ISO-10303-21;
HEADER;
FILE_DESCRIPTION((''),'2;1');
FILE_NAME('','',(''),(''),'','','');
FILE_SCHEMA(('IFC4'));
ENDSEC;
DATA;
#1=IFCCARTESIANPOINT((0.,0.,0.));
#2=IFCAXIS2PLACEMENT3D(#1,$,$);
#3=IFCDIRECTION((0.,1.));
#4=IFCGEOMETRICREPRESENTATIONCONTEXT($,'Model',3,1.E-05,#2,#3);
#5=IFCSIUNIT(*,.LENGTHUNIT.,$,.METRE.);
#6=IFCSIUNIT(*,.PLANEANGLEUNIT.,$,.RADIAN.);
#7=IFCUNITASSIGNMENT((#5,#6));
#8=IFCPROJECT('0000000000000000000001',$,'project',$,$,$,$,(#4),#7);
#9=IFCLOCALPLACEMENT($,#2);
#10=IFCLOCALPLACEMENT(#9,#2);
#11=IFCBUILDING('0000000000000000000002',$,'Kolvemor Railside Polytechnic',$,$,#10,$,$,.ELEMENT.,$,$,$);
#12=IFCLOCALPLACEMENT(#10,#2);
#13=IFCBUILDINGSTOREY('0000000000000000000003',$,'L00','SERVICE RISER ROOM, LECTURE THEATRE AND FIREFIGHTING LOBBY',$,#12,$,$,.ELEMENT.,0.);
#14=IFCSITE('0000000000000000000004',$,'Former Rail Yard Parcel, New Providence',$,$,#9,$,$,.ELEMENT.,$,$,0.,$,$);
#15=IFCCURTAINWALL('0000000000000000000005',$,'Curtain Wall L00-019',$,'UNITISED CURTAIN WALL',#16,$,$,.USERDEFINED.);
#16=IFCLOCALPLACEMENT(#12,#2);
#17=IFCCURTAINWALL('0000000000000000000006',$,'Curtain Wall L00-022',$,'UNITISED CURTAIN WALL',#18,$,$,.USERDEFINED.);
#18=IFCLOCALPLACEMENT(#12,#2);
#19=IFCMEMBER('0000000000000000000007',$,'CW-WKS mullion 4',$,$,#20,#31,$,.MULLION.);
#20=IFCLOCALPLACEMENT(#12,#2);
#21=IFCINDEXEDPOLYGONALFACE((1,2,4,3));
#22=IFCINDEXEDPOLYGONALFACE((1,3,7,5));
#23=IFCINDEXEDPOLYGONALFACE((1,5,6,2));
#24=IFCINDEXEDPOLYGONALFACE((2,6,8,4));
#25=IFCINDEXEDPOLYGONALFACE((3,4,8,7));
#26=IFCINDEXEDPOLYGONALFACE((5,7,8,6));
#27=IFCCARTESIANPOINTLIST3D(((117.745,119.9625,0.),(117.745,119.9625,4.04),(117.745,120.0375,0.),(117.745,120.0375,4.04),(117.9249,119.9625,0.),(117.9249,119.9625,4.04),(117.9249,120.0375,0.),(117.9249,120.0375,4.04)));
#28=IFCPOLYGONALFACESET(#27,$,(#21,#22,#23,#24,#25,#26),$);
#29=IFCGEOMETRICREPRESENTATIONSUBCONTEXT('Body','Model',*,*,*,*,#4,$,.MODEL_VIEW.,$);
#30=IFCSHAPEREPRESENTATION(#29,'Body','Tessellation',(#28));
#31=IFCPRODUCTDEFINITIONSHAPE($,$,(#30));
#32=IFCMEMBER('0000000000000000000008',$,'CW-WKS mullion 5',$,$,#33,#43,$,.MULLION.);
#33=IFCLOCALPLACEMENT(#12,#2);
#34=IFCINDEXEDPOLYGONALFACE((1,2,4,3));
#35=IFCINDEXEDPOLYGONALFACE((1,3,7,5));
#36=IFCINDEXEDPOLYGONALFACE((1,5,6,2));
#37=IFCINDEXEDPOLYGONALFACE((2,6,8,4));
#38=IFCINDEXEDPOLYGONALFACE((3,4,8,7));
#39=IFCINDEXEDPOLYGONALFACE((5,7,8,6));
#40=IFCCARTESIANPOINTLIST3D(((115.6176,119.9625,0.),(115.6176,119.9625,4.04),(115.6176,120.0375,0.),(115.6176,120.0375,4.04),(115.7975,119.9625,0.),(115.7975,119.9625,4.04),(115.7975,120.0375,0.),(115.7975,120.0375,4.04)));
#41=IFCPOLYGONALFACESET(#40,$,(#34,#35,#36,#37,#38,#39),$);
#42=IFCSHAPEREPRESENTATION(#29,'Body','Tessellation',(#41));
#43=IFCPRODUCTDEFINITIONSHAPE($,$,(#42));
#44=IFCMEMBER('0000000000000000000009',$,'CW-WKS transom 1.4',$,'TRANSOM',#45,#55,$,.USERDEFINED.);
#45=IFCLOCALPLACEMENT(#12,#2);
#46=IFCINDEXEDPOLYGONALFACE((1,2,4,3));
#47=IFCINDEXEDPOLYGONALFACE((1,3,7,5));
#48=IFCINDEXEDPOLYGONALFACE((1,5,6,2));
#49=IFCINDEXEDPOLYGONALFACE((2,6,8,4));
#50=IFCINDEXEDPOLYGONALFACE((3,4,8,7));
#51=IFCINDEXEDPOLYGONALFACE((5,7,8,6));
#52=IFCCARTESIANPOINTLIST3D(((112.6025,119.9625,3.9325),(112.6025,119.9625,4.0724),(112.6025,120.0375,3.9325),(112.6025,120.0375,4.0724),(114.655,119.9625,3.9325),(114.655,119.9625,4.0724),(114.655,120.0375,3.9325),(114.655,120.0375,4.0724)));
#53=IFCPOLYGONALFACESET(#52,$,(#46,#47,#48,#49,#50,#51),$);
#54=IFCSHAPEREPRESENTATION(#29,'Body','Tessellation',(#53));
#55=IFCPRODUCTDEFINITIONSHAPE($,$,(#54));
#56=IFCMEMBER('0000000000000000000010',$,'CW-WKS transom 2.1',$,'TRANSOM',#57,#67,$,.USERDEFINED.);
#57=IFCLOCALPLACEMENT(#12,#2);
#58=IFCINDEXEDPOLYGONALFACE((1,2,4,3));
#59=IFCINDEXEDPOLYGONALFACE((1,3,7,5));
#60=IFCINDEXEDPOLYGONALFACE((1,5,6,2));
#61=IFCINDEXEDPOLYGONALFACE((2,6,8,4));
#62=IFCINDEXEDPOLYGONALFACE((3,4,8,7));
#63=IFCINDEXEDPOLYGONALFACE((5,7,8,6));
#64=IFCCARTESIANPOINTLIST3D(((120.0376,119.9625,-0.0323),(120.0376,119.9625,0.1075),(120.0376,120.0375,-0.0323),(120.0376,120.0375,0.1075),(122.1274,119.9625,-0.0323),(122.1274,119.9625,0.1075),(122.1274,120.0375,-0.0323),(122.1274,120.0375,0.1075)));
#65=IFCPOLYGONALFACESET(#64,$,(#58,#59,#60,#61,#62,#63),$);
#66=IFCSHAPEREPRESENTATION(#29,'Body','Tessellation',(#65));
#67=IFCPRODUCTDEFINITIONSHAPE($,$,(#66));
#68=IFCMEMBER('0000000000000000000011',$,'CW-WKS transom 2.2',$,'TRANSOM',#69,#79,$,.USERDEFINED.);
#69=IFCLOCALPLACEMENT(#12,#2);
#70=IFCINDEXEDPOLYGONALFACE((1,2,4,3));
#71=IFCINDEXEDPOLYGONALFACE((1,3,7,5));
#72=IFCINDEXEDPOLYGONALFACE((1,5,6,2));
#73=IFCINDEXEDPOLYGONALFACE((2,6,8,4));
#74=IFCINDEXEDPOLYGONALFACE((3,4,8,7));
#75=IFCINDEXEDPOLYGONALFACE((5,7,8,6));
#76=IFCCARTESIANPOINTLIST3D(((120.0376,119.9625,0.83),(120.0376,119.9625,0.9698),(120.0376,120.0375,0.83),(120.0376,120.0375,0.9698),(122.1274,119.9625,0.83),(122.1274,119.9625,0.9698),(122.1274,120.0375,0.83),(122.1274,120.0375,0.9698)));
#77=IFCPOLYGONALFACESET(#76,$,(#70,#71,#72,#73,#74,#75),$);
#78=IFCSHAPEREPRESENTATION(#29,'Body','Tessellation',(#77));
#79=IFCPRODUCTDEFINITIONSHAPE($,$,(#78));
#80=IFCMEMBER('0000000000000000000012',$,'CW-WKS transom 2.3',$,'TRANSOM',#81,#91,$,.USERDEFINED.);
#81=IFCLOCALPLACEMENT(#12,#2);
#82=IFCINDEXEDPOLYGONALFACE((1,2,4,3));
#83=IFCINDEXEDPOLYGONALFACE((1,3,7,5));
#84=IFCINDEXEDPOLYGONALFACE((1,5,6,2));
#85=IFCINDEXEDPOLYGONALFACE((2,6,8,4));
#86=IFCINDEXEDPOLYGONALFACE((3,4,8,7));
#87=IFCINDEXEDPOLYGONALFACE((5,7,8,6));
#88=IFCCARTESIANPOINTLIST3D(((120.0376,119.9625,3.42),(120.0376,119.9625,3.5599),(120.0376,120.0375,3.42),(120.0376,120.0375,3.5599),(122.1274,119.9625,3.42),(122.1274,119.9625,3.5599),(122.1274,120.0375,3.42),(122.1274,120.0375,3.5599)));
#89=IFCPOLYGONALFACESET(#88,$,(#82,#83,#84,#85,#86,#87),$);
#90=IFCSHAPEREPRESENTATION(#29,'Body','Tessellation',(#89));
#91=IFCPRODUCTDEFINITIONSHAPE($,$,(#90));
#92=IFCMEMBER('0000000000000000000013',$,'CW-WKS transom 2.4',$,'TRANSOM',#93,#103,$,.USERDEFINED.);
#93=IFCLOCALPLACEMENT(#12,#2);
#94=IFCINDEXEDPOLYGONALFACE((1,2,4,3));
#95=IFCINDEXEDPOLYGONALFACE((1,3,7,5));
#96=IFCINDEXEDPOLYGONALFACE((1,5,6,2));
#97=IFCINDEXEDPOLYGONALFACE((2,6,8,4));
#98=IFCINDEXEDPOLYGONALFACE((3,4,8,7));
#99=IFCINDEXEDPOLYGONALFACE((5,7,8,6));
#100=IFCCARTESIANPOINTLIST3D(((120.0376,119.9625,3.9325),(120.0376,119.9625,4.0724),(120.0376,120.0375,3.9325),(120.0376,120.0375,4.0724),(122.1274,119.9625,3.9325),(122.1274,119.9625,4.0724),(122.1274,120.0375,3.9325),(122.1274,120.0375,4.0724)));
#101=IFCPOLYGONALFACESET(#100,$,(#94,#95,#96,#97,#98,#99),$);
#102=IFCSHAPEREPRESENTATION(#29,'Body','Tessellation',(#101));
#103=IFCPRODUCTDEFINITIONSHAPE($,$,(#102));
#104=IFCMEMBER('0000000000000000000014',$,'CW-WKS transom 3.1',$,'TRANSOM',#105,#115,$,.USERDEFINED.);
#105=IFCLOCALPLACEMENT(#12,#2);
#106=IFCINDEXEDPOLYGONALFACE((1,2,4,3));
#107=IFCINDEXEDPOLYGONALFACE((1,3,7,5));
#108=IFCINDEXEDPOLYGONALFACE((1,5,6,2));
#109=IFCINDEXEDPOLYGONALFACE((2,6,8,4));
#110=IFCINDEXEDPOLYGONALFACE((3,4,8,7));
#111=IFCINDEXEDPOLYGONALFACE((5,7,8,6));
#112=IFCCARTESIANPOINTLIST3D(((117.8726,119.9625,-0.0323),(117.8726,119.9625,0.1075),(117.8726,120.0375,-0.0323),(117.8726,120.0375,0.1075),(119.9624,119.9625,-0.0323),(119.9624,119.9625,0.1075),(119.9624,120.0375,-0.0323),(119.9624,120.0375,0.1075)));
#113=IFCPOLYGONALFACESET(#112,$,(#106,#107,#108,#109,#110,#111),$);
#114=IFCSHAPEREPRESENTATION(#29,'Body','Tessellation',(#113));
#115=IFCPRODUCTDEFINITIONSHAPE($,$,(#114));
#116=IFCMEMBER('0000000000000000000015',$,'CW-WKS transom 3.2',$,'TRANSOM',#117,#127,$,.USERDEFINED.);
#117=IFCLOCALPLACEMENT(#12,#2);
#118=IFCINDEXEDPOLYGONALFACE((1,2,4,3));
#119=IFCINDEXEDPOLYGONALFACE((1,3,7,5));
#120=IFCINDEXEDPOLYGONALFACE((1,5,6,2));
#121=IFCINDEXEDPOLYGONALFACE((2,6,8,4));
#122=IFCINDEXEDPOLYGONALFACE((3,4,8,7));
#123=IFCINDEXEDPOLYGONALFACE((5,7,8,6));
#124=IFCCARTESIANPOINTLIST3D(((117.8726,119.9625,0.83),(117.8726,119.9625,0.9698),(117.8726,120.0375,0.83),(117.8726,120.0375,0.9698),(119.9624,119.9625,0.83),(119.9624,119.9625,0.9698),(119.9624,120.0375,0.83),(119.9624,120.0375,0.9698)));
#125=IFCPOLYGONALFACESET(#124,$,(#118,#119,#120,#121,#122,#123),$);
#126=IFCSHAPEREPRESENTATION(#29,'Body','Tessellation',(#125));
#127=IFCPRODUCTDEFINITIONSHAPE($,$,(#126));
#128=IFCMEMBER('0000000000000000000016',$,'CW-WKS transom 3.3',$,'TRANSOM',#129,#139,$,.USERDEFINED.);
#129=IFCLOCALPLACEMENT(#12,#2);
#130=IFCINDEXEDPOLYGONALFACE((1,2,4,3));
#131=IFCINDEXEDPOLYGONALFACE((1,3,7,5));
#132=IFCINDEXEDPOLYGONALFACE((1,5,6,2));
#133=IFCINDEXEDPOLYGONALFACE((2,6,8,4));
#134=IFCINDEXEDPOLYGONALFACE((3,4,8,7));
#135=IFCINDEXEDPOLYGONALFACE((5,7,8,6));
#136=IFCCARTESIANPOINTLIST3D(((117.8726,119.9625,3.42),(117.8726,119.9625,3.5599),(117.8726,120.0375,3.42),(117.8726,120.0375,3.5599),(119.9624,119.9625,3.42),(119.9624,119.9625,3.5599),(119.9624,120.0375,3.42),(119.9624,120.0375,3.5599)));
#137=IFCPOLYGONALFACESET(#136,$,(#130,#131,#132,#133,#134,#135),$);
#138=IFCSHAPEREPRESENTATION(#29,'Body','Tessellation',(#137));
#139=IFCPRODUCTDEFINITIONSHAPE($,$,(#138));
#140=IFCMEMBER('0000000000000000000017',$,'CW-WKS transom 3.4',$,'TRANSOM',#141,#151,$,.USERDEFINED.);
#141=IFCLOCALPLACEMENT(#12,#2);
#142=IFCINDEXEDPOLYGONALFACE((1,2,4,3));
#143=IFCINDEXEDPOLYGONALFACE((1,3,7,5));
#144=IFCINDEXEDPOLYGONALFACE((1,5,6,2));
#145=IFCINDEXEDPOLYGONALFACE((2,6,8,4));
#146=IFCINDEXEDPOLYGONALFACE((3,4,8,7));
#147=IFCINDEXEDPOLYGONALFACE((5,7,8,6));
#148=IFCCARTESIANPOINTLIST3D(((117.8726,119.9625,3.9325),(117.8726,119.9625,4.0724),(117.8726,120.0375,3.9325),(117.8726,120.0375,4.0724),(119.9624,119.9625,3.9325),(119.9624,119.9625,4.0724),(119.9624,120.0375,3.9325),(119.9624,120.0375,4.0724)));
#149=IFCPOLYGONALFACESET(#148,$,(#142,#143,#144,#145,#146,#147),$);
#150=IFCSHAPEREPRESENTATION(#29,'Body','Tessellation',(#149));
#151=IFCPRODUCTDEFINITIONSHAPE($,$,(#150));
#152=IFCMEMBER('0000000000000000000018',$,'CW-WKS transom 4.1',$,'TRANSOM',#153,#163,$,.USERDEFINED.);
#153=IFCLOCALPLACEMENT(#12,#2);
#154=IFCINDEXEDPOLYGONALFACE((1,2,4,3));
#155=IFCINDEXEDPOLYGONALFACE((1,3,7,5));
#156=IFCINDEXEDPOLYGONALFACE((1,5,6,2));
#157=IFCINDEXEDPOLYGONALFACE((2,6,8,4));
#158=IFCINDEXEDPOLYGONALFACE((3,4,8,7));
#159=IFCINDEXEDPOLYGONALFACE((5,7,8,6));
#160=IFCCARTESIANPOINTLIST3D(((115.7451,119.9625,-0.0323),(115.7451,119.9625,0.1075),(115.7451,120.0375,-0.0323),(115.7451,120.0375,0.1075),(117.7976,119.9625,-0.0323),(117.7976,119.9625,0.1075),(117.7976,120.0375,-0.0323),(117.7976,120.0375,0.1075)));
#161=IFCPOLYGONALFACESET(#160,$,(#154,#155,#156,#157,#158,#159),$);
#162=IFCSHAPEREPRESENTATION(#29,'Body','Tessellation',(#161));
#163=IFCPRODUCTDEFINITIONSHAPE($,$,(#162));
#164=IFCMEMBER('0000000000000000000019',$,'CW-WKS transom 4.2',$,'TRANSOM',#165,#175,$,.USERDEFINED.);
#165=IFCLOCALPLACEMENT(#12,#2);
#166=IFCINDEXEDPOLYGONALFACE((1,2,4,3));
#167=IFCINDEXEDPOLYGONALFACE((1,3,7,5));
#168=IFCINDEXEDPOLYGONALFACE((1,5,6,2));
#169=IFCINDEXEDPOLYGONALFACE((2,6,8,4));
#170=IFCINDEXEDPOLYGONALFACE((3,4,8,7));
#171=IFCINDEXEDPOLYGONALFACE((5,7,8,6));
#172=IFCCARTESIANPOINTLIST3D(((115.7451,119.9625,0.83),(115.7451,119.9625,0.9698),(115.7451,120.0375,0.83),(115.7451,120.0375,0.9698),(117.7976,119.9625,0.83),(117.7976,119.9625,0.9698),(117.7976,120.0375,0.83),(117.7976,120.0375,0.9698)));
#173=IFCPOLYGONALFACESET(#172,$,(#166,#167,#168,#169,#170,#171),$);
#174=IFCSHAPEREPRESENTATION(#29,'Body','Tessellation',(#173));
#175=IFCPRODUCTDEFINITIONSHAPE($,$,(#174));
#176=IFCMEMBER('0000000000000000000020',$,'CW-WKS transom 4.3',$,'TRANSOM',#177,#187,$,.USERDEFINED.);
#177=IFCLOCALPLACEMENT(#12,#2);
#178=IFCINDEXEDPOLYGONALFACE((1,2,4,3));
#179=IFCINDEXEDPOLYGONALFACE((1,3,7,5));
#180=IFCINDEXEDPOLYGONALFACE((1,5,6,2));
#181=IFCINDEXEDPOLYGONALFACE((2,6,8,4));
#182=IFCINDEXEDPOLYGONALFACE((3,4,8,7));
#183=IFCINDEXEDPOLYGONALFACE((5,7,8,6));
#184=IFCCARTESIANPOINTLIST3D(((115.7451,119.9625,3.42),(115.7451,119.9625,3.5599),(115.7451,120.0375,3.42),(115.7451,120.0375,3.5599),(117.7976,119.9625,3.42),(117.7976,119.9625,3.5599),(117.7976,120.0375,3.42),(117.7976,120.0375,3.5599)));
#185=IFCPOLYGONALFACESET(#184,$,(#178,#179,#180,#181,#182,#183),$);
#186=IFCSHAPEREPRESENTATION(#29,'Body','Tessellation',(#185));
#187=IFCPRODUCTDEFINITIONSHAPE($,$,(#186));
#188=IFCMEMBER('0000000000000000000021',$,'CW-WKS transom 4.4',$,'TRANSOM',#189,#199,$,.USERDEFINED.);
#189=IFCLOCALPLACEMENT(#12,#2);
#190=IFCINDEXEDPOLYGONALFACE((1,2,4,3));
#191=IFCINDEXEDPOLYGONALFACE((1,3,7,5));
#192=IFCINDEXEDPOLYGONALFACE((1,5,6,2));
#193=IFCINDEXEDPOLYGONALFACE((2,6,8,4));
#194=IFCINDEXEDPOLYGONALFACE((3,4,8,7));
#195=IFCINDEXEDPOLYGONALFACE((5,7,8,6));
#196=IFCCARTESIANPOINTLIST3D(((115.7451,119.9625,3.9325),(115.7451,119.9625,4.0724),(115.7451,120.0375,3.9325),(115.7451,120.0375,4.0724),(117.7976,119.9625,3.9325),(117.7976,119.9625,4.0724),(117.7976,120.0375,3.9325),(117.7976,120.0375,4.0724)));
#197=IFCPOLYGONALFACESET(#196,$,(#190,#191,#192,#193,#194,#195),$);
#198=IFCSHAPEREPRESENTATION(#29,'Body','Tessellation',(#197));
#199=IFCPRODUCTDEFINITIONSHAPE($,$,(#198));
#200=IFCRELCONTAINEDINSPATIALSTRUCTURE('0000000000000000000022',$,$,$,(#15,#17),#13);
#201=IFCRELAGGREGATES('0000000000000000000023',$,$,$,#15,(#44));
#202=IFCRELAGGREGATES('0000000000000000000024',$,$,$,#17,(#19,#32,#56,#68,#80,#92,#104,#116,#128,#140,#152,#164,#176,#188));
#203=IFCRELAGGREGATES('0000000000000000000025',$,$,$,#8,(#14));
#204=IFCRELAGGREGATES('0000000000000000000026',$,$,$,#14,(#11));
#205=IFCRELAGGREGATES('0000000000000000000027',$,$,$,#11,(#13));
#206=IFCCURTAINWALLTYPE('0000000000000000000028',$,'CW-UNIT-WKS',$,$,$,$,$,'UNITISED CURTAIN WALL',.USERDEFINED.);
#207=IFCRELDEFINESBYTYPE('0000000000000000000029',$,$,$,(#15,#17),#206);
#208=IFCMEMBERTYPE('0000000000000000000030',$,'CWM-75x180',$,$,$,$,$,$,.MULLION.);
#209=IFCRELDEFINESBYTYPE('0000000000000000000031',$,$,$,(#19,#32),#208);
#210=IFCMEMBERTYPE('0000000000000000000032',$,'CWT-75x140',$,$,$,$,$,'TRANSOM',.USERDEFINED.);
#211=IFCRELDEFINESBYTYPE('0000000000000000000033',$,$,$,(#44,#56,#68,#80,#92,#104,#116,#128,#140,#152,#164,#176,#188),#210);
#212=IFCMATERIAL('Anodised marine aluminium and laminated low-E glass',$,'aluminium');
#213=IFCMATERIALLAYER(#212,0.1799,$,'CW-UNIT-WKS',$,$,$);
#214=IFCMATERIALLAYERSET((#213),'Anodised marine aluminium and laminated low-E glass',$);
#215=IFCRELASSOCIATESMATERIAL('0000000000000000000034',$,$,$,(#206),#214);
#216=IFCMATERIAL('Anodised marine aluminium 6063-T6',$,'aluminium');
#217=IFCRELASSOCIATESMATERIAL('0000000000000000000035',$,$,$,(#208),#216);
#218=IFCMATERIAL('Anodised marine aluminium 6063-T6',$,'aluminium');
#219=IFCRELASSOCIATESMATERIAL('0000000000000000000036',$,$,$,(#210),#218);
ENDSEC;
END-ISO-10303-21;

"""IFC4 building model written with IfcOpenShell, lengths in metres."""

from ifc_helpers import new_model, si_unit, direction, frame, origin, origin_2d, place, context, subcontext, project, spatial, rectangle, extrude, material, layer, layer_set, material_profile, profile_set, type_object, element, aggregate, save


model = new_model("IFC4")

# Units and contexts
model_context = context("Model", 3, precision=1e-05, world=origin(), true_north=direction((0.0, 1.0)))
body_context = subcontext(model_context, "Body", "Model", "MODEL_VIEW")
ifc_project = project(units=[si_unit("LENGTHUNIT", "METRE"), si_unit("PLANEANGLEUNIT", "RADIAN")], contexts=[model_context])

# Site, building, storey
site_placement = place(None, origin())
site = spatial("IfcSite", under=ifc_project, at=site_placement, Name="Former Rail Yard Parcel, New Providence", CompositionType="ELEMENT", RefElevation=0.0)
building_placement = place(site_placement, origin())
building = spatial("IfcBuilding", under=site, at=building_placement, Name="Kolvemor Railside Polytechnic", CompositionType="ELEMENT")
storey_placement = place(building_placement, origin())
storey = spatial("IfcBuildingStorey", under=building, at=storey_placement, Name="L00", Description="SERVICE RISER ROOM, LECTURE THEATRE AND FIREFIGHTING LOBBY", CompositionType="ELEMENT", Elevation=0.0)

# Curtain wall
ifc_material_1 = material(Name="Anodised marine aluminium and laminated low-E glass", Category="aluminium")
ifc_layer_1 = layer(ifc_material_1, 0.1799, Name="CW-UNIT-WKS")
ifc_layer_set_1 = layer_set([ifc_layer_1], Name="Anodised marine aluminium and laminated low-E glass")
curtain_wall_type = type_object("IfcCurtainWallType", Name="CW-UNIT-WKS", ElementType="UNITISED CURTAIN WALL", PredefinedType="USERDEFINED", material=ifc_layer_set_1)
curtain_wall_1_placement = place(storey_placement, origin())
curtain_wall_1 = element("IfcCurtainWall", 1, at=curtain_wall_1_placement, inside=storey, type_object=curtain_wall_type, Name="Curtain Wall L00-019", ObjectType="UNITISED CURTAIN WALL", PredefinedType="USERDEFINED")
ifc_material_2 = material(Name="Anodised marine aluminium 6063-T6", Category="aluminium")
ifc_material_profile_1 = material_profile(ifc_material_2, rectangle(XDim=0.075, YDim=0.1799, at=origin_2d()), Name="CW-MUL-75x180")
ifc_profile_set_1 = profile_set([ifc_material_profile_1], Name="Anodised marine aluminium 6063-T6")
member_type_1 = type_object("IfcMemberType", Name="CWM-75x180", PredefinedType="MULLION", material=ifc_profile_set_1)

# Curtain wall, members
curtain_wall_2_placement = place(storey_placement, origin())
curtain_wall_2 = element("IfcCurtainWall", 2, at=curtain_wall_2_placement, inside=storey, type_object=curtain_wall_type, Name="Curtain Wall L00-022", ObjectType="UNITISED CURTAIN WALL", PredefinedType="USERDEFINED")
member_1_placement = place(storey_placement, frame((117.835, 120.0, 0.0), z_axis=(0.0, 0.0, 1.0), x_axis=(0.0, -1.0, 0.0)))
member_1 = element("IfcMember", 3, at=member_1_placement, type_object=member_type_1, Name="CW-WKS mullion 4", PredefinedType="MULLION", context=body_context, shape_type="SweptSolid", body=[
    extrude(rectangle(XDim=0.075, YDim=0.1799, at=origin_2d()), origin(), (0.0, 0.0, 1.0), 4.04),
])
member_2_placement = place(storey_placement, frame((115.7075, 120.0, 0.0), z_axis=(0.0, 0.0, 1.0), x_axis=(0.0, -1.0, 0.0)))
member_2 = element("IfcMember", 4, at=member_2_placement, type_object=member_type_1, Name="CW-WKS mullion 5", PredefinedType="MULLION", context=body_context, shape_type="SweptSolid", body=[
    extrude(rectangle(XDim=0.075, YDim=0.1799, at=origin_2d()), origin(), (0.0, 0.0, 1.0), 4.04),
])

# Members
ifc_material_3 = material(Name="Anodised marine aluminium 6063-T6", Category="aluminium")
ifc_material_profile_2 = material_profile(ifc_material_3, rectangle(XDim=0.075, YDim=0.1399, at=origin_2d()), Name="CW-TRN-75x140")
ifc_profile_set_2 = profile_set([ifc_material_profile_2], Name="Anodised marine aluminium 6063-T6")
member_type_2 = type_object("IfcMemberType", Name="CWT-75x140", ElementType="TRANSOM", PredefinedType="USERDEFINED", material=ifc_profile_set_2)
member_3_placement = place(storey_placement, frame((114.655, 120.0, 4.0024), z_axis=(-1.0, 0.0, 0.0), x_axis=(0.0, -1.0, 0.0)))
member_3 = element("IfcMember", 5, at=member_3_placement, type_object=member_type_2, Name="CW-WKS transom 1.4", ObjectType="TRANSOM", PredefinedType="USERDEFINED", context=body_context, shape_type="SweptSolid", body=[
    extrude(rectangle(XDim=0.075, YDim=0.1399, at=origin_2d()), origin(), (0.0, 0.0, 1.0), 2.0525),
])
aggregate(curtain_wall_1, [member_3])
member_4_placement = place(storey_placement, frame((122.1274, 120.0, 0.0376), z_axis=(-1.0, 0.0, 0.0), x_axis=(0.0, -1.0, 0.0)))
member_4 = element("IfcMember", 6, at=member_4_placement, type_object=member_type_2, Name="CW-WKS transom 2.1", ObjectType="TRANSOM", PredefinedType="USERDEFINED", context=body_context, shape_type="SweptSolid", body=[
    extrude(rectangle(XDim=0.075, YDim=0.1399, at=origin_2d()), origin(), (0.0, 0.0, 1.0), 2.0898),
])
member_5_placement = place(storey_placement, frame((122.1274, 120.0, 0.8999), z_axis=(-1.0, 0.0, 0.0), x_axis=(0.0, -1.0, 0.0)))
member_5 = element("IfcMember", 7, at=member_5_placement, type_object=member_type_2, Name="CW-WKS transom 2.2", ObjectType="TRANSOM", PredefinedType="USERDEFINED", context=body_context, shape_type="SweptSolid", body=[
    extrude(rectangle(XDim=0.075, YDim=0.1399, at=origin_2d()), origin(), (0.0, 0.0, 1.0), 2.0898),
])
member_6_placement = place(storey_placement, frame((122.1274, 120.0, 3.49), z_axis=(-1.0, 0.0, 0.0), x_axis=(0.0, -1.0, 0.0)))
member_6 = element("IfcMember", 8, at=member_6_placement, type_object=member_type_2, Name="CW-WKS transom 2.3", ObjectType="TRANSOM", PredefinedType="USERDEFINED", context=body_context, shape_type="SweptSolid", body=[
    extrude(rectangle(XDim=0.075, YDim=0.1399, at=origin_2d()), origin(), (0.0, 0.0, 1.0), 2.0898),
])
member_7_placement = place(storey_placement, frame((122.1274, 120.0, 4.0024), z_axis=(-1.0, 0.0, 0.0), x_axis=(0.0, -1.0, 0.0)))
member_7 = element("IfcMember", 9, at=member_7_placement, type_object=member_type_2, Name="CW-WKS transom 2.4", ObjectType="TRANSOM", PredefinedType="USERDEFINED", context=body_context, shape_type="SweptSolid", body=[
    extrude(rectangle(XDim=0.075, YDim=0.1399, at=origin_2d()), origin(), (0.0, 0.0, 1.0), 2.0898),
])
member_8_placement = place(storey_placement, frame((119.9624, 120.0, 0.0376), z_axis=(-1.0, 0.0, 0.0), x_axis=(0.0, -1.0, 0.0)))
member_8 = element("IfcMember", 10, at=member_8_placement, type_object=member_type_2, Name="CW-WKS transom 3.1", ObjectType="TRANSOM", PredefinedType="USERDEFINED", context=body_context, shape_type="SweptSolid", body=[
    extrude(rectangle(XDim=0.075, YDim=0.1399, at=origin_2d()), origin(), (0.0, 0.0, 1.0), 2.0898),
])
member_9_placement = place(storey_placement, frame((119.9624, 120.0, 0.8999), z_axis=(-1.0, 0.0, 0.0), x_axis=(0.0, -1.0, 0.0)))
member_9 = element("IfcMember", 11, at=member_9_placement, type_object=member_type_2, Name="CW-WKS transom 3.2", ObjectType="TRANSOM", PredefinedType="USERDEFINED", context=body_context, shape_type="SweptSolid", body=[
    extrude(rectangle(XDim=0.075, YDim=0.1399, at=origin_2d()), origin(), (0.0, 0.0, 1.0), 2.0898),
])
member_10_placement = place(storey_placement, frame((119.9624, 120.0, 3.49), z_axis=(-1.0, 0.0, 0.0), x_axis=(0.0, -1.0, 0.0)))
member_10 = element("IfcMember", 12, at=member_10_placement, type_object=member_type_2, Name="CW-WKS transom 3.3", ObjectType="TRANSOM", PredefinedType="USERDEFINED", context=body_context, shape_type="SweptSolid", body=[
    extrude(rectangle(XDim=0.075, YDim=0.1399, at=origin_2d()), origin(), (0.0, 0.0, 1.0), 2.0898),
])
member_11_placement = place(storey_placement, frame((119.9624, 120.0, 4.0024), z_axis=(-1.0, 0.0, 0.0), x_axis=(0.0, -1.0, 0.0)))
member_11 = element("IfcMember", 13, at=member_11_placement, type_object=member_type_2, Name="CW-WKS transom 3.4", ObjectType="TRANSOM", PredefinedType="USERDEFINED", context=body_context, shape_type="SweptSolid", body=[
    extrude(rectangle(XDim=0.075, YDim=0.1399, at=origin_2d()), origin(), (0.0, 0.0, 1.0), 2.0898),
])
member_12_placement = place(storey_placement, frame((117.7976, 120.0, 0.0376), z_axis=(-1.0, 0.0, 0.0), x_axis=(0.0, -1.0, 0.0)))
member_12 = element("IfcMember", 14, at=member_12_placement, type_object=member_type_2, Name="CW-WKS transom 4.1", ObjectType="TRANSOM", PredefinedType="USERDEFINED", context=body_context, shape_type="SweptSolid", body=[
    extrude(rectangle(XDim=0.075, YDim=0.1399, at=origin_2d()), origin(), (0.0, 0.0, 1.0), 2.0525),
])
member_13_placement = place(storey_placement, frame((117.7976, 120.0, 0.8999), z_axis=(-1.0, 0.0, 0.0), x_axis=(0.0, -1.0, 0.0)))
member_13 = element("IfcMember", 15, at=member_13_placement, type_object=member_type_2, Name="CW-WKS transom 4.2", ObjectType="TRANSOM", PredefinedType="USERDEFINED", context=body_context, shape_type="SweptSolid", body=[
    extrude(rectangle(XDim=0.075, YDim=0.1399, at=origin_2d()), origin(), (0.0, 0.0, 1.0), 2.0525),
])
member_14_placement = place(storey_placement, frame((117.7976, 120.0, 3.49), z_axis=(-1.0, 0.0, 0.0), x_axis=(0.0, -1.0, 0.0)))
member_14 = element("IfcMember", 16, at=member_14_placement, type_object=member_type_2, Name="CW-WKS transom 4.3", ObjectType="TRANSOM", PredefinedType="USERDEFINED", context=body_context, shape_type="SweptSolid", body=[
    extrude(rectangle(XDim=0.075, YDim=0.1399, at=origin_2d()), origin(), (0.0, 0.0, 1.0), 2.0525),
])
member_15_placement = place(storey_placement, frame((117.7976, 120.0, 4.0024), z_axis=(-1.0, 0.0, 0.0), x_axis=(0.0, -1.0, 0.0)))
member_15 = element("IfcMember", 17, at=member_15_placement, type_object=member_type_2, Name="CW-WKS transom 4.4", ObjectType="TRANSOM", PredefinedType="USERDEFINED", context=body_context, shape_type="SweptSolid", body=[
    extrude(rectangle(XDim=0.075, YDim=0.1399, at=origin_2d()), origin(), (0.0, 0.0, 1.0), 2.0525),
])

aggregate(curtain_wall_2, [member_1, member_2, member_4, member_5, member_6, member_7, member_8, member_9, member_10, member_11, member_12, member_13, member_14, member_15])

save(model, "model.ifc")
